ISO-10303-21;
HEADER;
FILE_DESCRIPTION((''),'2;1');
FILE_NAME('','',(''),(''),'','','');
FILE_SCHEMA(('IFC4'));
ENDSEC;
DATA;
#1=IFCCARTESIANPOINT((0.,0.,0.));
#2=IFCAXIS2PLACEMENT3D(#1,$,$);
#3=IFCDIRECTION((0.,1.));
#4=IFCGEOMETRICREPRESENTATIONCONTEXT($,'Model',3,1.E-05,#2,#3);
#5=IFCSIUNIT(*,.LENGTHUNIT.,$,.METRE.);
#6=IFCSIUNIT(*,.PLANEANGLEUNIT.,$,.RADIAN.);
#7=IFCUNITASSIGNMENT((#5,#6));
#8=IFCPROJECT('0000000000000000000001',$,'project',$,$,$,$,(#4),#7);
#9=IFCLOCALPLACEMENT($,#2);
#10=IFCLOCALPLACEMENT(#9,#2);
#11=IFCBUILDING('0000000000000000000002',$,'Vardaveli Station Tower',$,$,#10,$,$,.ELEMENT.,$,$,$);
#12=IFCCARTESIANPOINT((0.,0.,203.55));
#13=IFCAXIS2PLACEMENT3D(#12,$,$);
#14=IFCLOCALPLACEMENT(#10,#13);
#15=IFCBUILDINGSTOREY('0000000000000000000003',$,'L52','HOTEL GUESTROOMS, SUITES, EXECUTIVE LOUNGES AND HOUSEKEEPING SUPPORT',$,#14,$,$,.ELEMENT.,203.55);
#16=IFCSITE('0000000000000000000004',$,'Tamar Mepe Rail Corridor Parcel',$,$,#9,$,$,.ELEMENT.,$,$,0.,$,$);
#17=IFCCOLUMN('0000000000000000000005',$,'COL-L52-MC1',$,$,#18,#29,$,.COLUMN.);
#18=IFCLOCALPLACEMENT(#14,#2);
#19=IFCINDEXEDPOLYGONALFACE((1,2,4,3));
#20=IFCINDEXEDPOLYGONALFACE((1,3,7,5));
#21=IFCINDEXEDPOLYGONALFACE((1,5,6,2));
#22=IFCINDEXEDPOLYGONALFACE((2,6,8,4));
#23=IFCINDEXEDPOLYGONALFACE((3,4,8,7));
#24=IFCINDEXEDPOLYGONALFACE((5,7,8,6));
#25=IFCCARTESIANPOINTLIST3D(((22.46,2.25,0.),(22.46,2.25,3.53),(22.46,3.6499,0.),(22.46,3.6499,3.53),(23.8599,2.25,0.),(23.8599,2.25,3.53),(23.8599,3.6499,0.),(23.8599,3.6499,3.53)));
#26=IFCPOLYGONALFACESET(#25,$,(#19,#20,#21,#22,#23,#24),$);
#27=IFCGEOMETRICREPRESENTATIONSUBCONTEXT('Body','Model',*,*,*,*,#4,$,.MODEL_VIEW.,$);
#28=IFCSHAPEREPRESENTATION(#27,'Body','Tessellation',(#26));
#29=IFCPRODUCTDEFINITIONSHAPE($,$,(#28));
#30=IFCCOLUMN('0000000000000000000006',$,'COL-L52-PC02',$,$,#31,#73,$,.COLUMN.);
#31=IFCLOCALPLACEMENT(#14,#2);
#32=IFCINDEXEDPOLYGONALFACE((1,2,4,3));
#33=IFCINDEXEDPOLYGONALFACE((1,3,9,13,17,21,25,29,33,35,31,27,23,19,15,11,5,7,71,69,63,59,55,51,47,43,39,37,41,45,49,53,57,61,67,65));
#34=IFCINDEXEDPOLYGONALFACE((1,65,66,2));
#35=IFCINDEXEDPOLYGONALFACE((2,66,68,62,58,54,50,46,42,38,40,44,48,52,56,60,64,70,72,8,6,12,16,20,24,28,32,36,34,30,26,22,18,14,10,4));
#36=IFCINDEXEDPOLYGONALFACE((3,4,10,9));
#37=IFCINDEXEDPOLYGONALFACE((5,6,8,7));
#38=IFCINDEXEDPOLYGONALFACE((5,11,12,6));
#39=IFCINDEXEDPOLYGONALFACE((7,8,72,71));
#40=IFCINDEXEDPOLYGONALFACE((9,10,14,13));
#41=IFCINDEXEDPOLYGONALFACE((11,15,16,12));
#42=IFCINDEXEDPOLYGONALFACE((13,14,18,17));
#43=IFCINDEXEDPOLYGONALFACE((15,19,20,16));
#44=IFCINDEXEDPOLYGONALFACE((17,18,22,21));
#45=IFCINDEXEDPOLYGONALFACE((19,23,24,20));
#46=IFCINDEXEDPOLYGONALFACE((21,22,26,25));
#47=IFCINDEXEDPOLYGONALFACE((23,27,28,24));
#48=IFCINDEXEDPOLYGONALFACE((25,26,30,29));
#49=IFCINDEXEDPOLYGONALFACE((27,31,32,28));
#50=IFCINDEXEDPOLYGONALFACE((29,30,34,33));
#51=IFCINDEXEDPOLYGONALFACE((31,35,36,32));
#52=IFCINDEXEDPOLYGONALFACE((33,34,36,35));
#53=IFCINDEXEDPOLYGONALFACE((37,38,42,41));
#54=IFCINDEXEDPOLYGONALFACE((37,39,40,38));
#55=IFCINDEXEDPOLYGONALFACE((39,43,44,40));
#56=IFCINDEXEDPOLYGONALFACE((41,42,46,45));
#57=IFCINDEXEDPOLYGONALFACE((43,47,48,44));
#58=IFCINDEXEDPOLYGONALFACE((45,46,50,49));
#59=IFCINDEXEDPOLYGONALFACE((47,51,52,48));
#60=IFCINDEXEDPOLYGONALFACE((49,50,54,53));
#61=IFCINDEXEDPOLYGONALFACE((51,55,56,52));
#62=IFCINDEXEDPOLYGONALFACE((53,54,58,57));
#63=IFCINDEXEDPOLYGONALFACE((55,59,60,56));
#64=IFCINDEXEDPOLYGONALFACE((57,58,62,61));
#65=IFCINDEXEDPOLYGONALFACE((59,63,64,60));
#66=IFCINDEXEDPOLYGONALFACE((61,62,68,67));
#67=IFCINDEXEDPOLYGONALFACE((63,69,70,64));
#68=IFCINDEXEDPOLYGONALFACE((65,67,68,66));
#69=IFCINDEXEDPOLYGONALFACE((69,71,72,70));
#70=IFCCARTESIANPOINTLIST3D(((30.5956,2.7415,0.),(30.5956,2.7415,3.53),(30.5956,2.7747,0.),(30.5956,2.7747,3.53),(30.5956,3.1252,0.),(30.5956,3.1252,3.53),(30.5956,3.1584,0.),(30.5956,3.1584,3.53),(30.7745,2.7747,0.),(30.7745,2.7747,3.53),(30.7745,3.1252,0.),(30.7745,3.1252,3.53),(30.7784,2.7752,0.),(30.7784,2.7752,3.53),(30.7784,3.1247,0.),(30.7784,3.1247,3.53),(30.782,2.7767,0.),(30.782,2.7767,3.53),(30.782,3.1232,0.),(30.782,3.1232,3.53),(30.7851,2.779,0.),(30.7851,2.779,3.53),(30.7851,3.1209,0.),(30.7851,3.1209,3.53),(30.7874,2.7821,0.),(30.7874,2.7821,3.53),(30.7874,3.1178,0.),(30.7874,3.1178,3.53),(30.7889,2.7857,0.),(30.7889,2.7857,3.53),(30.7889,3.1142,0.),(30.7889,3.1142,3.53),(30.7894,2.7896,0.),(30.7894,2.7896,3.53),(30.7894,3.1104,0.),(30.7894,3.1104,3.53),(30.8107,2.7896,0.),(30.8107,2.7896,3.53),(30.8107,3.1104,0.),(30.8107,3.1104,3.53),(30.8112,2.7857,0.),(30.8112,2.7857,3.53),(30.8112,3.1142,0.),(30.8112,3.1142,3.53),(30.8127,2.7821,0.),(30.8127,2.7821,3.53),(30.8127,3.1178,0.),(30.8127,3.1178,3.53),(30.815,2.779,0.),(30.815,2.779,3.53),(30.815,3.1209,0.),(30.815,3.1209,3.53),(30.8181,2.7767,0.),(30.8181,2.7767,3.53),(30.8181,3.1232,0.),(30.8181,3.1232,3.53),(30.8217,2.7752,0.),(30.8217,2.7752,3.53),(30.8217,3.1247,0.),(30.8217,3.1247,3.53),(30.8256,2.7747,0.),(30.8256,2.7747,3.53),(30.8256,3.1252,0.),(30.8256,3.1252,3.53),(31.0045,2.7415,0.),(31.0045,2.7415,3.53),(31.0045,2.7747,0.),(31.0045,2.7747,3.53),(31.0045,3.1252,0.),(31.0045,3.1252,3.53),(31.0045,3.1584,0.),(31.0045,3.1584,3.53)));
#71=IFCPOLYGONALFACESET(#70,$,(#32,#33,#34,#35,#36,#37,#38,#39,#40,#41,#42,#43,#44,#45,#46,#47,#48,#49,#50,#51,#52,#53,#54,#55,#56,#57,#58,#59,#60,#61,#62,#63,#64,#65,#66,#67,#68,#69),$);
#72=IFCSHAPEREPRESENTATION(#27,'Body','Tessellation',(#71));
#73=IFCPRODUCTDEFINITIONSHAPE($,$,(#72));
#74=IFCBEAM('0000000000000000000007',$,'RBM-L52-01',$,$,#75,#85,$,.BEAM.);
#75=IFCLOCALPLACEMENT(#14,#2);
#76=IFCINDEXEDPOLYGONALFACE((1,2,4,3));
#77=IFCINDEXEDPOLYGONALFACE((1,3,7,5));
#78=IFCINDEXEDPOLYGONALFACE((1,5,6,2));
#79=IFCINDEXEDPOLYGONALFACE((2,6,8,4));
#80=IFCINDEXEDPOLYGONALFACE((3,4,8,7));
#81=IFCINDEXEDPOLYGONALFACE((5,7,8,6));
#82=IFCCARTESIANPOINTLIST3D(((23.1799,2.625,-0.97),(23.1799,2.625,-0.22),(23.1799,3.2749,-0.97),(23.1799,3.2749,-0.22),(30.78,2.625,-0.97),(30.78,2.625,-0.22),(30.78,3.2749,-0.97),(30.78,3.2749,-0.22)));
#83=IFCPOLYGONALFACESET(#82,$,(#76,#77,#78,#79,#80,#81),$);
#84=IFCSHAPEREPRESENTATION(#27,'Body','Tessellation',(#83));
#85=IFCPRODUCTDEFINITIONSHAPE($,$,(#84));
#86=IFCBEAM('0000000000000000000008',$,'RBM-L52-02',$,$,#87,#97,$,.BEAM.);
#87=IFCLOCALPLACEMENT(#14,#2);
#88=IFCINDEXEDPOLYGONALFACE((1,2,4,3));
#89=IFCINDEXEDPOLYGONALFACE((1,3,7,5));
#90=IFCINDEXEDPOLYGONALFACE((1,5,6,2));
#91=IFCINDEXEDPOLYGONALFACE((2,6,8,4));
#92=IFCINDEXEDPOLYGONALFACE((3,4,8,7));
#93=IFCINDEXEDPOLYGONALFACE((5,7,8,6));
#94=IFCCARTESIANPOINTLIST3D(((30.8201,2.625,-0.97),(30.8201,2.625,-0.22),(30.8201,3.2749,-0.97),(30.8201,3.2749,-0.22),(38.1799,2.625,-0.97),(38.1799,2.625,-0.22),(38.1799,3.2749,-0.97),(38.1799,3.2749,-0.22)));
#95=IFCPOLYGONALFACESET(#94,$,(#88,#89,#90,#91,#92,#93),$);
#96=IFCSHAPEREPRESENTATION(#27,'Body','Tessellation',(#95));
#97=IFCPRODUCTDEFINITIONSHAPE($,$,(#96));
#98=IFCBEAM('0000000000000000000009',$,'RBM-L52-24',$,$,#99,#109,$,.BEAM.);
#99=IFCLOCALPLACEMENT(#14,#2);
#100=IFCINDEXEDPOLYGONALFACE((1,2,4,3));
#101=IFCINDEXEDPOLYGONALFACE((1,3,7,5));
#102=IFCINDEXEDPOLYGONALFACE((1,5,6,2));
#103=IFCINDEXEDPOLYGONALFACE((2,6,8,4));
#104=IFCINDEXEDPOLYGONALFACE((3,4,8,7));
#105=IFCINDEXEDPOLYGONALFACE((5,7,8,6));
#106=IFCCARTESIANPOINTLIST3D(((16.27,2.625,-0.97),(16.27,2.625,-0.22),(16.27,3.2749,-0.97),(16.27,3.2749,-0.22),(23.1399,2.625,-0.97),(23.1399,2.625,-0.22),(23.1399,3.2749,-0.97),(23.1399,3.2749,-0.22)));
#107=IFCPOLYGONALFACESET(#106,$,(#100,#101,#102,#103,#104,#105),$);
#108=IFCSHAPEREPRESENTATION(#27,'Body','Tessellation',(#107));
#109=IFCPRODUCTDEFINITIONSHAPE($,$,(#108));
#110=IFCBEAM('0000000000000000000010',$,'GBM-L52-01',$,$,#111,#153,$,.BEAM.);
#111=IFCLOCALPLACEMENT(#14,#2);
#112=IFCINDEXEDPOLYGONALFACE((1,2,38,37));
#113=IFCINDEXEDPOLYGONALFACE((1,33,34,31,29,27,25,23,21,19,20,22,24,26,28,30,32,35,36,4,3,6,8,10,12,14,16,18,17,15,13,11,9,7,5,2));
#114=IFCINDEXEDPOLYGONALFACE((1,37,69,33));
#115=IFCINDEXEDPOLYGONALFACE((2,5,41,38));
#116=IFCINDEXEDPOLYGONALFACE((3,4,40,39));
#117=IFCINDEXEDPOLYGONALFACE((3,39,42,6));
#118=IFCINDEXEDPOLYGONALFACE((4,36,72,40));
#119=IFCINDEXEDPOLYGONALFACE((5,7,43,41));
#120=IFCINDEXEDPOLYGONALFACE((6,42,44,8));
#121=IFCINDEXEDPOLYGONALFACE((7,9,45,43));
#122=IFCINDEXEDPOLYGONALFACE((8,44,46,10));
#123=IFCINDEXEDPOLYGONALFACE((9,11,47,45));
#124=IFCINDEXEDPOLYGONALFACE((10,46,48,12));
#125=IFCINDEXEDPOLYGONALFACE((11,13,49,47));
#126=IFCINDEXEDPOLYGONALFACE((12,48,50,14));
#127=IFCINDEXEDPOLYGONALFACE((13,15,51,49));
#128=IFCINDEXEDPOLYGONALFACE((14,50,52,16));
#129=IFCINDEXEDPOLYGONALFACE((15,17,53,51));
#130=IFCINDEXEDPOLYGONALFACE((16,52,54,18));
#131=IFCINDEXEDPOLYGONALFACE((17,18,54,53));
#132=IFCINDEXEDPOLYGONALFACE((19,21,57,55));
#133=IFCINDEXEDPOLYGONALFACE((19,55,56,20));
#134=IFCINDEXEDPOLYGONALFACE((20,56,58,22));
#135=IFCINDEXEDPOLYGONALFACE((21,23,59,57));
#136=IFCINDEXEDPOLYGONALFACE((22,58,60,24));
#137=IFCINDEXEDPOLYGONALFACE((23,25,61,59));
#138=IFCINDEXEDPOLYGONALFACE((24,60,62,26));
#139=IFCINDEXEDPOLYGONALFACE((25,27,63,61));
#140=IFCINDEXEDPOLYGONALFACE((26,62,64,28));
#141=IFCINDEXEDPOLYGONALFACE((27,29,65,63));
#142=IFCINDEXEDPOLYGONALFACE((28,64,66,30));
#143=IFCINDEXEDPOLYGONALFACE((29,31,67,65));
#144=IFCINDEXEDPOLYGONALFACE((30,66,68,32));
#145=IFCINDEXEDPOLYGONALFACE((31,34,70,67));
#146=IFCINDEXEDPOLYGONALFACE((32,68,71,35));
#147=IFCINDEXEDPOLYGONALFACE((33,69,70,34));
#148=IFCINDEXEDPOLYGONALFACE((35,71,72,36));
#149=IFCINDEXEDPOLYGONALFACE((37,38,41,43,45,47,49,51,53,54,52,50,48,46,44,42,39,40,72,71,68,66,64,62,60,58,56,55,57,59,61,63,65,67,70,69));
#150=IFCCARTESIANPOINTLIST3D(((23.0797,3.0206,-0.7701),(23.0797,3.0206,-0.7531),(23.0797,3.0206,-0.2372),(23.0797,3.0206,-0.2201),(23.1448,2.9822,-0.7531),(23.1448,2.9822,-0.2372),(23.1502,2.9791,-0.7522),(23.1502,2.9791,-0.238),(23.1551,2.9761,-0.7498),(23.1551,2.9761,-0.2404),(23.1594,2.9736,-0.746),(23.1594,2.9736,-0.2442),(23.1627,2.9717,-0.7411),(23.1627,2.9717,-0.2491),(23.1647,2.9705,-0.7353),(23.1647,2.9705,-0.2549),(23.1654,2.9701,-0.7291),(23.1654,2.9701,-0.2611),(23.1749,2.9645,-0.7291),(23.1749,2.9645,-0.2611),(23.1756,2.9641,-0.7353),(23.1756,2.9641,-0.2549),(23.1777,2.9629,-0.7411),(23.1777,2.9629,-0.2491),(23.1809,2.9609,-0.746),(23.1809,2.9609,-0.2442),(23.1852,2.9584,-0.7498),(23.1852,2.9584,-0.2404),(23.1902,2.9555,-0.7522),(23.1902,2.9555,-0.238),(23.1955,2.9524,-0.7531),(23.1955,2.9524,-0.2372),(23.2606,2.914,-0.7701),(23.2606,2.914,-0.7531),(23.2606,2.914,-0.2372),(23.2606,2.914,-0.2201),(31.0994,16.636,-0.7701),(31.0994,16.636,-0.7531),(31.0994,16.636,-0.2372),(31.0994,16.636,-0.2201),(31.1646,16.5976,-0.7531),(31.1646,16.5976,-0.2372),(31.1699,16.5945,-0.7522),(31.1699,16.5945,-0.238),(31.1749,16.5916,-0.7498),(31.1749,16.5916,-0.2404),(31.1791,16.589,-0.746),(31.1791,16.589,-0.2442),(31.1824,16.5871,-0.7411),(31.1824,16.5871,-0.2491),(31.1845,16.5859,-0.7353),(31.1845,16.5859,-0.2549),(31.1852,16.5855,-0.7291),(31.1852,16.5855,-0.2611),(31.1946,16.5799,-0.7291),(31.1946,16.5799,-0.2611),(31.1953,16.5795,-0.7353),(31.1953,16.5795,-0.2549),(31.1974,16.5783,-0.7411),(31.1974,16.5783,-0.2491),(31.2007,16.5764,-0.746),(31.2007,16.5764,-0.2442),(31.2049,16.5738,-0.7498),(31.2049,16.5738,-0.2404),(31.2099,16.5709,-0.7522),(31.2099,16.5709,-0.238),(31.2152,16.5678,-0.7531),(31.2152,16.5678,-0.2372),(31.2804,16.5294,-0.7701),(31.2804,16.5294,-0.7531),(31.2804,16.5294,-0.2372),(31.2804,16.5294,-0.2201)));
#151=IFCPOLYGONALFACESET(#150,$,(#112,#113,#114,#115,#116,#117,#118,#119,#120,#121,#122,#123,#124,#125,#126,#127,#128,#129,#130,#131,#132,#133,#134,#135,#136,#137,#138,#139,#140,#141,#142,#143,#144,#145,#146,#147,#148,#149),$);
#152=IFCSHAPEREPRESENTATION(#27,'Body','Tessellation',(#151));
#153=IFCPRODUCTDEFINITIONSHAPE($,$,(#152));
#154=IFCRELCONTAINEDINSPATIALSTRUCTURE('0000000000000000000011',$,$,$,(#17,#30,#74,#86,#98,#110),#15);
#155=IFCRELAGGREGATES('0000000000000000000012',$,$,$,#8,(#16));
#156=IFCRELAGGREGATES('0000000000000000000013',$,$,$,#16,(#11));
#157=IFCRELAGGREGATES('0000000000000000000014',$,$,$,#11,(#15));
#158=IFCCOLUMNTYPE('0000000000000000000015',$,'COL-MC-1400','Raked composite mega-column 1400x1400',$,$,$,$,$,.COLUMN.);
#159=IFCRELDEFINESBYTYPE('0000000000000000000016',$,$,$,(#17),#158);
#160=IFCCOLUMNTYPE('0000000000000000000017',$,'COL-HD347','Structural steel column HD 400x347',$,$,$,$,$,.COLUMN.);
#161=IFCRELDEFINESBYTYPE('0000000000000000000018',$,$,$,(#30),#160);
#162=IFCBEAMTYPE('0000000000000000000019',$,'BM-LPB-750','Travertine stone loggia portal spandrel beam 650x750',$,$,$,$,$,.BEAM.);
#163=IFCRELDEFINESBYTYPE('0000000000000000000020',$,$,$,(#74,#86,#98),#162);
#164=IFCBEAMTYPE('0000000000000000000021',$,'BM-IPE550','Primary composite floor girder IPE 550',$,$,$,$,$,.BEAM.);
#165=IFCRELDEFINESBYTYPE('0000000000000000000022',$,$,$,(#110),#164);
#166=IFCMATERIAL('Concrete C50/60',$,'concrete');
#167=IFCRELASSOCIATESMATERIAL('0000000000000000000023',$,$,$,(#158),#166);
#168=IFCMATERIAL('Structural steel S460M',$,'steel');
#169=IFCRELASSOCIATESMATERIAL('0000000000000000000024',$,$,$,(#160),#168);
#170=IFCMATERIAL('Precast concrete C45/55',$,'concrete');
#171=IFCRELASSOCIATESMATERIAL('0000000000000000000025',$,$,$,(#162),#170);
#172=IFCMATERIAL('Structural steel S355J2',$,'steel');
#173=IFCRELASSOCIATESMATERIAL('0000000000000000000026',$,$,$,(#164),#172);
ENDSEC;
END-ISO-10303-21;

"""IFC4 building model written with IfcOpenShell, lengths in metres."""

from ifc_helpers import new_model, si_unit, direction, frame, origin, origin_2d, place, context, subcontext, project, spatial, rectangle, i_section, extrude, source, transform, mapped, material, material_profile, profile_set, type_object, element, save


model = new_model("IFC4")

# Units and contexts
model_context = context("Model", 3, precision=1e-05, world=origin(), true_north=direction((0.0, 1.0)))
body_context = subcontext(model_context, "Body", "Model", "MODEL_VIEW")
ifc_project = project(units=[si_unit("LENGTHUNIT", "METRE"), si_unit("PLANEANGLEUNIT", "RADIAN")], contexts=[model_context])

# Site, building, storey
site_placement = place(None, origin())
site = spatial("IfcSite", under=ifc_project, at=site_placement, Name="Tamar Mepe Rail Corridor Parcel", CompositionType="ELEMENT", RefElevation=0.0)
building_placement = place(site_placement, origin())
building = spatial("IfcBuilding", under=site, at=building_placement, Name="Vardaveli Station Tower", CompositionType="ELEMENT")
storey_placement = place(building_placement, frame((0.0, 0.0, 203.55)))
storey = spatial("IfcBuildingStorey", under=building, at=storey_placement, Name="L52", Description="HOTEL GUESTROOMS, SUITES, EXECUTIVE LOUNGES AND HOUSEKEEPING SUPPORT", CompositionType="ELEMENT", Elevation=203.55)

# Columns
ifc_material_1 = material(Name="Concrete C50/60", Category="concrete")
ifc_material_profile_1 = material_profile(ifc_material_1, rectangle(XDim=1.3999, YDim=1.3999, at=origin_2d()), Name="MC 1400x1400")
ifc_profile_set_1 = profile_set([ifc_material_profile_1], Name="Concrete C50/60")
column_type_1 = type_object("IfcColumnType", Name="COL-MC-1400", Description="Raked composite mega-column 1400x1400", PredefinedType="COLUMN", material=ifc_profile_set_1)
shared_shape_1 = source(origin(), body_context, "Body", "SweptSolid", [
    extrude(rectangle(XDim=1.3999, YDim=1.3999, at=origin_2d()), origin(), (0.0, 0.0, 1.0), 3.53),
])
column_1_placement = place(storey_placement, frame((23.1599, 2.95, 0.0), z_axis=(0.0, 0.0, 1.0), x_axis=(1.0, 0.0, 0.0)))
element("IfcColumn", 1, at=column_1_placement, inside=storey, type_object=column_type_1, Name="COL-L52-MC1", PredefinedType="COLUMN", context=body_context, shape_type="MappedRepresentation", body=[
    mapped(shared_shape_1, transform((0.0, 0.0, 0.0), scale=1.0)),
])
ifc_material_2 = material(Name="Structural steel S460M", Category="steel")
ifc_material_profile_2 = material_profile(ifc_material_2, i_section(OverallWidth=0.4089, OverallDepth=0.417, WebThickness=0.0212, FlangeThickness=0.0332, FilletRadius=0.0149, at=origin_2d()), Name="HD 400x347")
ifc_profile_set_2 = profile_set([ifc_material_profile_2], Name="Structural steel S460M")
column_type_2 = type_object("IfcColumnType", Name="COL-HD347", Description="Structural steel column HD 400x347", PredefinedType="COLUMN", material=ifc_profile_set_2)
shared_shape_2 = source(origin(), body_context, "Body", "SweptSolid", [
    extrude(i_section(OverallWidth=0.4089, OverallDepth=0.417, WebThickness=0.0212, FlangeThickness=0.0332, FilletRadius=0.0149, at=origin_2d()), origin(), (0.0, 0.0, 1.0), 3.53),
])
column_2_placement = place(storey_placement, frame((30.8, 2.95, 0.0), z_axis=(0.0, 0.0, 1.0), x_axis=(1.0, 0.0, 0.0)))
element("IfcColumn", 2, at=column_2_placement, inside=storey, type_object=column_type_2, Name="COL-L52-PC02", PredefinedType="COLUMN", context=body_context, shape_type="MappedRepresentation", body=[
    mapped(shared_shape_2, transform((0.0, 0.0, 0.0), scale=1.0)),
])

# Beams
ifc_material_3 = material(Name="Precast concrete C45/55", Category="concrete")
ifc_material_profile_3 = material_profile(ifc_material_3, rectangle(XDim=0.6499, YDim=0.75, at=origin_2d()), Name="LPB 650x750")
ifc_profile_set_3 = profile_set([ifc_material_profile_3], Name="Precast concrete C45/55")
beam_type_1 = type_object("IfcBeamType", Name="BM-LPB-750", Description="Travertine stone loggia portal spandrel beam 650x750", PredefinedType="BEAM", material=ifc_profile_set_3)
shared_shape_3 = source(origin(), body_context, "Body", "SweptSolid", [
    extrude(rectangle(XDim=0.6499, YDim=0.75, at=origin_2d()), origin(), (0.0, 0.0, 1.0), 7.6001),
])
beam_1_placement = place(storey_placement, frame((23.1799, 2.95, -0.595), z_axis=(1.0, 0.0, 0.0), x_axis=(0.0, 1.0, 0.0)))
element("IfcBeam", 3, at=beam_1_placement, inside=storey, type_object=beam_type_1, Name="RBM-L52-01", PredefinedType="BEAM", context=body_context, shape_type="MappedRepresentation", body=[
    mapped(shared_shape_3, transform((0.0, 0.0, 0.0), scale=1.0)),
])
shared_shape_4 = source(origin(), body_context, "Body", "SweptSolid", [
    extrude(rectangle(XDim=0.6499, YDim=0.75, at=origin_2d()), origin(), (0.0, 0.0, 1.0), 7.3599),
])
beam_2_placement = place(storey_placement, frame((30.8201, 2.95, -0.595), z_axis=(1.0, 0.0, 0.0), x_axis=(0.0, 1.0, 0.0)))
element("IfcBeam", 4, at=beam_2_placement, inside=storey, type_object=beam_type_1, Name="RBM-L52-02", PredefinedType="BEAM", context=body_context, shape_type="MappedRepresentation", body=[
    mapped(shared_shape_4, transform((0.0, 0.0, 0.0), scale=1.0)),
])
shared_shape_5 = source(origin(), body_context, "Body", "SweptSolid", [
    extrude(rectangle(XDim=0.6499, YDim=0.75, at=origin_2d()), origin(), (0.0, 0.0, 1.0), 6.8699),
])
beam_3_placement = place(storey_placement, frame((16.27, 2.95, -0.595), z_axis=(1.0, 0.0, 0.0), x_axis=(0.0, 1.0, 0.0)))
element("IfcBeam", 5, at=beam_3_placement, inside=storey, type_object=beam_type_1, Name="RBM-L52-24", PredefinedType="BEAM", context=body_context, shape_type="MappedRepresentation", body=[
    mapped(shared_shape_5, transform((0.0, 0.0, 0.0), scale=1.0)),
])
ifc_material_4 = material(Name="Structural steel S355J2", Category="steel")
ifc_material_profile_4 = material_profile(ifc_material_4, i_section(OverallWidth=0.21, OverallDepth=0.55, WebThickness=0.011, FlangeThickness=0.0171, FilletRadius=0.0239, at=origin_2d()), Name="IPE 550")
ifc_profile_set_4 = profile_set([ifc_material_profile_4], Name="Structural steel S355J2")
beam_type_2 = type_object("IfcBeamType", Name="BM-IPE550", Description="Primary composite floor girder IPE 550", PredefinedType="BEAM", material=ifc_profile_set_4)
shared_shape_6 = source(origin(), body_context, "Body", "SweptSolid", [
    extrude(i_section(OverallWidth=0.21, OverallDepth=0.55, WebThickness=0.011, FlangeThickness=0.0171, FilletRadius=0.0239, at=origin_2d()), origin(), (0.0, 0.0, 1.0), 15.8018),
])
beam_4_placement = place(storey_placement, frame((23.1702, 2.9673, -0.4951), z_axis=(0.507522, 0.861639, 0.0), x_axis=(-0.861639, 0.507522, 0.0)))
element("IfcBeam", 6, at=beam_4_placement, inside=storey, type_object=beam_type_2, Name="GBM-L52-01", PredefinedType="BEAM", context=body_context, shape_type="MappedRepresentation", body=[
    mapped(shared_shape_6, transform((0.0, 0.0, 0.0), scale=1.0)),
])

save(model, "model.ifc")
